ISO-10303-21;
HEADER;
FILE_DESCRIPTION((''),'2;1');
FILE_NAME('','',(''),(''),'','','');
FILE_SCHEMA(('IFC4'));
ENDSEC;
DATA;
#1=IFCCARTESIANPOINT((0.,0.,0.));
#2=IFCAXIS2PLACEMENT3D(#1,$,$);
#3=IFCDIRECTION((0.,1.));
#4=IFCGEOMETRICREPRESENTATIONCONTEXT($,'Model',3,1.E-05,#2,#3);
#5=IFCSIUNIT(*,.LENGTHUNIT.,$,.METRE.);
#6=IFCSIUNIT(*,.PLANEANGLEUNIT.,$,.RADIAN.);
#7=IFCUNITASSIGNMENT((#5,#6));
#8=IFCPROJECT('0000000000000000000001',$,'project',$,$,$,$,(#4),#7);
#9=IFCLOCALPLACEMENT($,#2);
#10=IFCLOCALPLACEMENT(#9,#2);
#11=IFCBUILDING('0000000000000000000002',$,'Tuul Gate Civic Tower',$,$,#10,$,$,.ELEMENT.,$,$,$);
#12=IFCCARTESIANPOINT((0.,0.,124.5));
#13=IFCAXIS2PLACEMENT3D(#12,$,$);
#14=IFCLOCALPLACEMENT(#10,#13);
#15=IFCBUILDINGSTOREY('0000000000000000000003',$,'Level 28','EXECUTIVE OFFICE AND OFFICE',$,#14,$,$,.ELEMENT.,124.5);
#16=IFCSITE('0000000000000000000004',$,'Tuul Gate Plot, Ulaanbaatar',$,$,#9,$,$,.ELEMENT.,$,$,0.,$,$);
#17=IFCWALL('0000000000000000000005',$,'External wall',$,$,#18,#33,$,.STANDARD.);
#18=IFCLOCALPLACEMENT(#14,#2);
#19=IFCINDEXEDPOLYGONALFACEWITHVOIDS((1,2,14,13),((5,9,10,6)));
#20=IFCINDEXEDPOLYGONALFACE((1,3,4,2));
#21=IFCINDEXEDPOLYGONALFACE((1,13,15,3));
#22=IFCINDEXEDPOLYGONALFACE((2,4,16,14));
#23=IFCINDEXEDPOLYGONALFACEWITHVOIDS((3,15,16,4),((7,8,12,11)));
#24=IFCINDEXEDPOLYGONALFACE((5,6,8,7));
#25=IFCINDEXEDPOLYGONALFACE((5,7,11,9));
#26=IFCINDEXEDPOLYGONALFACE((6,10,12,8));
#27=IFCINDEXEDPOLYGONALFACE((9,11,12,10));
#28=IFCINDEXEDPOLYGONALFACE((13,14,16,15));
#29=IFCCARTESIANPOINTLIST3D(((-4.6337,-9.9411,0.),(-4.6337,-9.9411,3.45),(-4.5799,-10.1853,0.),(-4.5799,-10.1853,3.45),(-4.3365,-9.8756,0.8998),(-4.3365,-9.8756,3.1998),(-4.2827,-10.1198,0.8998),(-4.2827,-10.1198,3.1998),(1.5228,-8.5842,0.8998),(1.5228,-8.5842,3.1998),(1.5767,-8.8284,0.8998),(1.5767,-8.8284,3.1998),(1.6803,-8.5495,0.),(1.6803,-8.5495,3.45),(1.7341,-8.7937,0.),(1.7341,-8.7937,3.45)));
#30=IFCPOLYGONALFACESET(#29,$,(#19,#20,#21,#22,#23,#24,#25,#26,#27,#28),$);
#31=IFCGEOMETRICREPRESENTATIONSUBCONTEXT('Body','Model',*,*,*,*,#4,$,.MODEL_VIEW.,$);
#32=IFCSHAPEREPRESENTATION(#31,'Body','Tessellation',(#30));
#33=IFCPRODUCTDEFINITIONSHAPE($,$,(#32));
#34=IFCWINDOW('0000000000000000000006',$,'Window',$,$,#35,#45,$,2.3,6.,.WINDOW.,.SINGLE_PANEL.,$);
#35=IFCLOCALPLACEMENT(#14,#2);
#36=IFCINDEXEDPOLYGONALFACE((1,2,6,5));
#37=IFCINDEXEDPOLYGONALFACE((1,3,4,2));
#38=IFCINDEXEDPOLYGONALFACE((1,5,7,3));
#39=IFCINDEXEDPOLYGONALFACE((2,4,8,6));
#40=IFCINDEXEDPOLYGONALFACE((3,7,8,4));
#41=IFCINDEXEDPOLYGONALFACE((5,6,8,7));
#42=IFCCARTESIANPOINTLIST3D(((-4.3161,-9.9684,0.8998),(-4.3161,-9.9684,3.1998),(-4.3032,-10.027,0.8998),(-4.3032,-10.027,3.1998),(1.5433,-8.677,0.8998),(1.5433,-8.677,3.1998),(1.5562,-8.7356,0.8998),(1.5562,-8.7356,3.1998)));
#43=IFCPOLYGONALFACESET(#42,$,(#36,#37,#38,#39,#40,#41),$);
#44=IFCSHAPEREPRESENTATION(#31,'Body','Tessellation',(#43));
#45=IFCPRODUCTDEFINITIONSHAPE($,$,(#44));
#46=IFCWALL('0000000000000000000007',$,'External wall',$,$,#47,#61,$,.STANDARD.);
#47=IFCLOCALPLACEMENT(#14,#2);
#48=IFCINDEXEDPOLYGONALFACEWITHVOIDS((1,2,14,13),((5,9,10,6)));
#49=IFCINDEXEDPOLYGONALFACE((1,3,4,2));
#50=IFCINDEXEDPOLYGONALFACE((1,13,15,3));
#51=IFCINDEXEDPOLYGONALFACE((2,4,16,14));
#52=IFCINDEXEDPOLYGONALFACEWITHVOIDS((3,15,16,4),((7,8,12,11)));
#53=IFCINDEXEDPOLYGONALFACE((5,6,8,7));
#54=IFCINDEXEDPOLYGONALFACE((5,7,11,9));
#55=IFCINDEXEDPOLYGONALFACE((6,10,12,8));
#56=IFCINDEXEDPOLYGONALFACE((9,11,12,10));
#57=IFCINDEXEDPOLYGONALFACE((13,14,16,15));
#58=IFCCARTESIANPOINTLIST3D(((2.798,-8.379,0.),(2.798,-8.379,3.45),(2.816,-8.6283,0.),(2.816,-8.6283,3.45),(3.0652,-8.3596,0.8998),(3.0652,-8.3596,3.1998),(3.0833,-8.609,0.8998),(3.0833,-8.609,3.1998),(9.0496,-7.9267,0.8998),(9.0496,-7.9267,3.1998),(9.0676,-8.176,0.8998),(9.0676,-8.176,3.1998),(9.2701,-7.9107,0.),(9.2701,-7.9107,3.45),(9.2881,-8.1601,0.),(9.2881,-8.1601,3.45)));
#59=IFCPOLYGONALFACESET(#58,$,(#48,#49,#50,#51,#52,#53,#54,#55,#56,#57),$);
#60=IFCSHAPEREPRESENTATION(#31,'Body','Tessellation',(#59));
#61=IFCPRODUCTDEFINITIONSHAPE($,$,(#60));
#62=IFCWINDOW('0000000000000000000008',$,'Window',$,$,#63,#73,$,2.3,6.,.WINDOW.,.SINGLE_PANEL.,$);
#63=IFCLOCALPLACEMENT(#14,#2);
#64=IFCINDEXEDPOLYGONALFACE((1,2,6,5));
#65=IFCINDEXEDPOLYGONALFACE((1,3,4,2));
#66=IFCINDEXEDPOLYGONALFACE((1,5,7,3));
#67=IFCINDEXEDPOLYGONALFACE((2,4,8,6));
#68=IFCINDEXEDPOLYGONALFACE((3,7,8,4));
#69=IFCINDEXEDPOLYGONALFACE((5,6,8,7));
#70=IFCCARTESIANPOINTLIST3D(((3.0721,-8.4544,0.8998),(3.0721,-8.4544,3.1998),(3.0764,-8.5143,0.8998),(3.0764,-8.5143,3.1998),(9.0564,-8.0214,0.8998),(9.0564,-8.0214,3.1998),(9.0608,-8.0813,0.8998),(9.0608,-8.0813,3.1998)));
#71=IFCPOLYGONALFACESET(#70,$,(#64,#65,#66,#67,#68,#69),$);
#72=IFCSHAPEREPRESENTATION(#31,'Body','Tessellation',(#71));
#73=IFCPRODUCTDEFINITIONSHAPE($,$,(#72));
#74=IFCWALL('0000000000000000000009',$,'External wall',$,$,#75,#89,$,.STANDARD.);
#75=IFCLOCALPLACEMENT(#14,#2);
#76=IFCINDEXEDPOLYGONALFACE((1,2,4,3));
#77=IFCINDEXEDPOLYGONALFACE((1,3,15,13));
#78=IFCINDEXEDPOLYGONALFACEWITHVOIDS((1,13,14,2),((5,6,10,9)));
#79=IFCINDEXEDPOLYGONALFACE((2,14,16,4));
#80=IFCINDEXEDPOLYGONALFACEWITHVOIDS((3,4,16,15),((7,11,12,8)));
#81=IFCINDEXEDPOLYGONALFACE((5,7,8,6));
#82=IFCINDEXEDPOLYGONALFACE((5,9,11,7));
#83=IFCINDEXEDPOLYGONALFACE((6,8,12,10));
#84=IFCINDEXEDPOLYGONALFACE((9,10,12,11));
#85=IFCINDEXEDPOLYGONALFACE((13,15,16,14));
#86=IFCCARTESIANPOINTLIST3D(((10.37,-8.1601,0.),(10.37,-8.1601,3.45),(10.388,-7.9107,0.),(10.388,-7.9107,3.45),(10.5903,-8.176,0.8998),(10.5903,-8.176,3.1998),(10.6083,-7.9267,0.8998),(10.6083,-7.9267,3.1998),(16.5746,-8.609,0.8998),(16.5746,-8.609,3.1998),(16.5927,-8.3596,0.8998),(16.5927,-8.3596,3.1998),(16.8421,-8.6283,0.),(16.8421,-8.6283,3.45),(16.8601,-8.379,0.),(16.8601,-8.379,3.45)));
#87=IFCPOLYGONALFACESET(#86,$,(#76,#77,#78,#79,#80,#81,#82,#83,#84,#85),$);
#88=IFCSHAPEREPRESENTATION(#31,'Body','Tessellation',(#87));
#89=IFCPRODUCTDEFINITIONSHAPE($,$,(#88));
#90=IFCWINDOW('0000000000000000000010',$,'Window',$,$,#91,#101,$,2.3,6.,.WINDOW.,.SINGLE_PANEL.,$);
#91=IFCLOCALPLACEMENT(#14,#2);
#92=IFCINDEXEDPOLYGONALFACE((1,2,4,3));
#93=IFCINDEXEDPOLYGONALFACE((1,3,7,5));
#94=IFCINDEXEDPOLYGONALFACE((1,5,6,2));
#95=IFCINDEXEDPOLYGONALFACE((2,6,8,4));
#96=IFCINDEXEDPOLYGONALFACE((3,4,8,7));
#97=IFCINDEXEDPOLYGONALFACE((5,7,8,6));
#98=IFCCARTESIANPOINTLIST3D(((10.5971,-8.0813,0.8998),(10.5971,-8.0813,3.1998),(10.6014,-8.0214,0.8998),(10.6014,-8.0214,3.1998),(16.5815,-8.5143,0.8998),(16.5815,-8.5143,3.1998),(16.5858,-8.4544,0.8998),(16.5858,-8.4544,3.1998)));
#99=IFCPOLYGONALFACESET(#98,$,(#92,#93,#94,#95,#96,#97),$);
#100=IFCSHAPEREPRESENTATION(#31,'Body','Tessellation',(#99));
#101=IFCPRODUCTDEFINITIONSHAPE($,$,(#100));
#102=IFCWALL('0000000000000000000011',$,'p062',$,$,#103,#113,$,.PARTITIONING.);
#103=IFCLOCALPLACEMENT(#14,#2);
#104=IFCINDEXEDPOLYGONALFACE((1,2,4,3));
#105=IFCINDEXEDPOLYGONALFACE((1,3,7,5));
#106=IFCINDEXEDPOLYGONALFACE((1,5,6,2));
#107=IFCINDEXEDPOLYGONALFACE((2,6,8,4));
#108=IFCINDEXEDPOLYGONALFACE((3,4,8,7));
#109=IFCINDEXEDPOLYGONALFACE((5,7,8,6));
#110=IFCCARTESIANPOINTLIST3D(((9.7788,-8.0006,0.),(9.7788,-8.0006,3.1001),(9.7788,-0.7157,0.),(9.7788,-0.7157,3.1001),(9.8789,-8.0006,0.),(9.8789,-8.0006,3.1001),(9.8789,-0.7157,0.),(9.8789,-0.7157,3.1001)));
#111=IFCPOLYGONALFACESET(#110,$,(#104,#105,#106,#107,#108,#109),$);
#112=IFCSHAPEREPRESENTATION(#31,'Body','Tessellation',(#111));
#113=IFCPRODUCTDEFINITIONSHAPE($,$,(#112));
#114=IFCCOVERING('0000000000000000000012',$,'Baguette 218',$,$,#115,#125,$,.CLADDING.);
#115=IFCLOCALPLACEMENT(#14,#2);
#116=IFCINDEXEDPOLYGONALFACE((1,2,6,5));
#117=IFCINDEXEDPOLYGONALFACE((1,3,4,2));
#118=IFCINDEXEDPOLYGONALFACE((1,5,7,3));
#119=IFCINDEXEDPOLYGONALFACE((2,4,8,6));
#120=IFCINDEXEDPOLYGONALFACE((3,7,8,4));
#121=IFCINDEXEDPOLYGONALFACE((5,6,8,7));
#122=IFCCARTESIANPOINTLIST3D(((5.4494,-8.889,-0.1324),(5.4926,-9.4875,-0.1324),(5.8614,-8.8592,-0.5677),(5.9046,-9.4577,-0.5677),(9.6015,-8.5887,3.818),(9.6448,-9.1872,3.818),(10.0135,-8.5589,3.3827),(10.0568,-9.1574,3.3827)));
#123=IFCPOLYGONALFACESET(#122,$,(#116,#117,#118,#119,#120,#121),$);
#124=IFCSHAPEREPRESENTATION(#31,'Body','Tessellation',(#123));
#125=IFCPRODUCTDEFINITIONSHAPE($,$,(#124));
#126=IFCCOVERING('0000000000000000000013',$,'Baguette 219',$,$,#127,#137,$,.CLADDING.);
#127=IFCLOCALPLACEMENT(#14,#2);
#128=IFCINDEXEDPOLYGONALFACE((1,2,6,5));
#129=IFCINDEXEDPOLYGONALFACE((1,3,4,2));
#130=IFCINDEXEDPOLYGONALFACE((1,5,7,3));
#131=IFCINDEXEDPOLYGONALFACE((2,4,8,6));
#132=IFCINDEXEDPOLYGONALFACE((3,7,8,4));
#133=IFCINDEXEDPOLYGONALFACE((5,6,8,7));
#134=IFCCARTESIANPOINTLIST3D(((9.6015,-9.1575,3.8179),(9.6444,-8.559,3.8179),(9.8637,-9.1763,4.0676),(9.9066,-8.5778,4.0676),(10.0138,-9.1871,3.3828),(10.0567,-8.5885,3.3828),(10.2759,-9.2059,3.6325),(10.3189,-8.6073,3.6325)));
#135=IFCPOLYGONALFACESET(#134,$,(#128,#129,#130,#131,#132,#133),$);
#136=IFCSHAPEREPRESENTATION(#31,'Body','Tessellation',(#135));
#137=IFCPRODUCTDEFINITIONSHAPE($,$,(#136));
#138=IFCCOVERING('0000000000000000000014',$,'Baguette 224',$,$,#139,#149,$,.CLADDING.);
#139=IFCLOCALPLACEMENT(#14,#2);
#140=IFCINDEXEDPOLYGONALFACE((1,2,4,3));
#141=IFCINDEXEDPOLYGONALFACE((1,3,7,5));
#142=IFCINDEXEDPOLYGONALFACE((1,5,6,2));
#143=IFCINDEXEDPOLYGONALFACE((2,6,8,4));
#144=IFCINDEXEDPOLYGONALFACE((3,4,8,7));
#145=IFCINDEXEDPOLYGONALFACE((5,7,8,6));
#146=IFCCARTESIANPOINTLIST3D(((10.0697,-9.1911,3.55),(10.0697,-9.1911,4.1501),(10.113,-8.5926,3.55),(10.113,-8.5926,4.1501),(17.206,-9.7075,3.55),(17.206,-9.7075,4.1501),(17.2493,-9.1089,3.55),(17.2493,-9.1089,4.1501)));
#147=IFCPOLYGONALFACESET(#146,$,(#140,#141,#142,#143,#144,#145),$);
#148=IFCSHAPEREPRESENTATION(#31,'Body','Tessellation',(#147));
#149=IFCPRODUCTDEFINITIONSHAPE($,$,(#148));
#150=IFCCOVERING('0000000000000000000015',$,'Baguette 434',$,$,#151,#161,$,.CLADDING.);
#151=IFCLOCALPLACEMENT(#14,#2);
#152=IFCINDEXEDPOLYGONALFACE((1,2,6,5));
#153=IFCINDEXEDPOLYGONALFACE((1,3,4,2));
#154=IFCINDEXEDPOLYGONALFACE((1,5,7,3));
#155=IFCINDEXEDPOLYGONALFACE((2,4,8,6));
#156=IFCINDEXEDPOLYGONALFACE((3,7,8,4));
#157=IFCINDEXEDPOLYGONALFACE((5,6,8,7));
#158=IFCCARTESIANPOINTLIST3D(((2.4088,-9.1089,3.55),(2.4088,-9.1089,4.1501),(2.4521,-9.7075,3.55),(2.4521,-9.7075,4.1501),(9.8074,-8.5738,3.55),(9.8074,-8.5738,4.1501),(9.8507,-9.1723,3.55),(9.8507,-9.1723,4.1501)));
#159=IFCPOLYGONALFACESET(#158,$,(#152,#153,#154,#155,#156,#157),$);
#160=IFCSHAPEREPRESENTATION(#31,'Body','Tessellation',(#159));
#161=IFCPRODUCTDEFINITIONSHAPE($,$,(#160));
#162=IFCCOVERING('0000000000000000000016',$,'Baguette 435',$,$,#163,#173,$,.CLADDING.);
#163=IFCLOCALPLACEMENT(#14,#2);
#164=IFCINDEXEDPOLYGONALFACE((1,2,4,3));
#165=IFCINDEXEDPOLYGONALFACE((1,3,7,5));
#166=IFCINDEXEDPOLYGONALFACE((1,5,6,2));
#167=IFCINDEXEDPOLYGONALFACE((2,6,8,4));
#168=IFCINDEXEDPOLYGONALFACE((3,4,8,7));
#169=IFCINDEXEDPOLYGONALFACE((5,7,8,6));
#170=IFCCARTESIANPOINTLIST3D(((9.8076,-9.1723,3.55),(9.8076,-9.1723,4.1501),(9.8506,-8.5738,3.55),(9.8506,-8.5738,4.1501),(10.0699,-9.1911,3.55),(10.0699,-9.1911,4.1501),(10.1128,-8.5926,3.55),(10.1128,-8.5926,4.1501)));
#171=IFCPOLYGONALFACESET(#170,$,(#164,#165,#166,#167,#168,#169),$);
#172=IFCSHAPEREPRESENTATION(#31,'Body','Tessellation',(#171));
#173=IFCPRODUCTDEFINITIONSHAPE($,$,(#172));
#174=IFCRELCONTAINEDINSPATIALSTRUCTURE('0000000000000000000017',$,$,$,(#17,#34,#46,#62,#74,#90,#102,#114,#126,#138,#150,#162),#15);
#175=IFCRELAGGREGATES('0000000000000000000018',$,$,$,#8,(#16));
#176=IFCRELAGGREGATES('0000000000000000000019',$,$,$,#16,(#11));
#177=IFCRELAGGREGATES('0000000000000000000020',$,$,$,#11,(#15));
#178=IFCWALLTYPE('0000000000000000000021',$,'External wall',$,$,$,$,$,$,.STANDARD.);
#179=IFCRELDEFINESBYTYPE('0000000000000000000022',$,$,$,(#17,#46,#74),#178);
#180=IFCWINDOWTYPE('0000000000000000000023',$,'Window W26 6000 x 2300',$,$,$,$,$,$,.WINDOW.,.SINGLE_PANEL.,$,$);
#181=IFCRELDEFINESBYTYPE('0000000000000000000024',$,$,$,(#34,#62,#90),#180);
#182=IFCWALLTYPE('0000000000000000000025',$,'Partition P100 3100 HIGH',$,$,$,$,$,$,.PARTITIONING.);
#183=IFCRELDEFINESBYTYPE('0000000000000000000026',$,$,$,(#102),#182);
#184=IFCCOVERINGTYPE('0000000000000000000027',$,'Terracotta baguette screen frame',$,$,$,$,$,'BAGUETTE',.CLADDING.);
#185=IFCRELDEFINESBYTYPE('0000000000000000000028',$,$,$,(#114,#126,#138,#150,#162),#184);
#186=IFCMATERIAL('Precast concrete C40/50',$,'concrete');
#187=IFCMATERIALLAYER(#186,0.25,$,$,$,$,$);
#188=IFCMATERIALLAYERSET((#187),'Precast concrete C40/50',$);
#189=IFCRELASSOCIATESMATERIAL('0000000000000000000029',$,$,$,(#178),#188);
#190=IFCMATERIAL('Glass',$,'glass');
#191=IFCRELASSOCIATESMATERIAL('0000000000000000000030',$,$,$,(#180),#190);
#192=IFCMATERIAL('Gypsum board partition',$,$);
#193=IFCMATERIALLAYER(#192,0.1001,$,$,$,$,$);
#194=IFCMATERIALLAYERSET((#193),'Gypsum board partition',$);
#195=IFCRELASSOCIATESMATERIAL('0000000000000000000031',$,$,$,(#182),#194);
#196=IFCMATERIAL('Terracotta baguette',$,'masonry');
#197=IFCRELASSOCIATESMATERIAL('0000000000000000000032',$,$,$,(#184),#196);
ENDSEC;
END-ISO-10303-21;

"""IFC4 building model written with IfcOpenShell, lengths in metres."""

from ifc_helpers import new_model, si_unit, direction, frame, frame_2d, origin, origin_2d, place, context, subcontext, project, spatial, rectangle, extrude, material, layer, layer_set, material_profile, profile_set, type_object, element, fill, save


model = new_model("IFC4")

# Units and contexts
model_context = context("Model", 3, precision=1e-05, world=origin(), true_north=direction((0.0, 1.0)))
body_context = subcontext(model_context, "Body", "Model", "MODEL_VIEW")
ifc_project = project(units=[si_unit("LENGTHUNIT", "METRE"), si_unit("PLANEANGLEUNIT", "RADIAN")], contexts=[model_context])

# Site, building, storey
site_placement = place(None, origin())
site = spatial("IfcSite", under=ifc_project, at=site_placement, Name="Tuul Gate Plot, Ulaanbaatar", CompositionType="ELEMENT", RefElevation=0.0)
building_placement = place(site_placement, origin())
building = spatial("IfcBuilding", under=site, at=building_placement, Name="Tuul Gate Civic Tower", CompositionType="ELEMENT")
storey_placement = place(building_placement, frame((0.0, 0.0, 124.5)))
storey = spatial("IfcBuildingStorey", under=building, at=storey_placement, Name="Level 28", Description="EXECUTIVE OFFICE AND OFFICE", CompositionType="ELEMENT", Elevation=124.5)

# Walls, openings, windows
ifc_material_1 = material(Name="Precast concrete C40/50", Category="concrete")
ifc_layer_1 = layer(ifc_material_1, 0.25)
ifc_layer_set_1 = layer_set([ifc_layer_1], Name="Precast concrete C40/50")
wall_type_1 = type_object("IfcWallType", Name="External wall", PredefinedType="STANDARD", material=ifc_layer_set_1)
wall_1_placement = place(storey_placement, frame((-4.6069, -10.0632, 0.0), z_axis=(0.0, 0.0, 1.0), x_axis=(0.976562, 0.215235, 0.0)))
wall_1 = element("IfcWall", 1, at=wall_1_placement, inside=storey, type_object=wall_type_1, Name="External wall", PredefinedType="STANDARD", context=body_context, shape_type="SweptSolid", body=[
    extrude(rectangle(XDim=6.4656, YDim=0.25, at=frame_2d((3.2329, 0.0))), origin(), (0.0, 0.0, 1.0), 3.45),
])
opening_1_placement = place(wall_1_placement, frame((0.3044, 0.0, 0.8999)))
opening_1 = element("IfcOpeningElement", 2, at=opening_1_placement, cuts=wall_1, PredefinedType="OPENING", context=body_context, shape_type="SweptSolid", body=[
    extrude(rectangle(XDim=6.0, YDim=2.3, at=frame_2d((3.0, 1.1499))), frame((0.0, 0.135, 0.0), z_axis=(0.0, -1.0, 0.0), x_axis=(1.0, 0.0, 0.0)), (0.0, 0.0, 1.0), 0.27),
])
ifc_material_2 = material(Name="Glass", Category="glass")
window_type = type_object("IfcWindowType", Name="Window W26 6000 x 2300", PartitioningType="SINGLE_PANEL", PredefinedType="WINDOW", material=ifc_material_2)
window_1_placement = place(opening_1_placement, origin())
window_1 = element("IfcWindow", 3, at=window_1_placement, inside=storey, type_object=window_type, Name="Window", OverallHeight=2.3, OverallWidth=6.0, PartitioningType="SINGLE_PANEL", PredefinedType="WINDOW", context=body_context, shape_type="SweptSolid", body=[
    extrude(rectangle(XDim=6.0, YDim=2.3, at=frame_2d((3.0, 1.1499))), frame((0.0, 0.03, 0.0), z_axis=(0.0, -1.0, 0.0), x_axis=(1.0, 0.0, 0.0)), (0.0, 0.0, 1.0), 0.0601),
])
fill(opening_1, window_1)
wall_2_placement = place(storey_placement, frame((2.8069, -8.5037, 0.0), z_axis=(0.0, 0.0, 1.0), x_axis=(0.997393, 0.072161, 0.0)))
wall_2 = element("IfcWall", 4, at=wall_2_placement, inside=storey, type_object=wall_type_1, Name="External wall", PredefinedType="STANDARD", context=body_context, shape_type="SweptSolid", body=[
    extrude(rectangle(XDim=6.489, YDim=0.25, at=frame_2d((3.2446, 0.0))), origin(), (0.0, 0.0, 1.0), 3.45),
])
opening_2_placement = place(wall_2_placement, frame((0.2681, 0.0, 0.8999)))
opening_2 = element("IfcOpeningElement", 5, at=opening_2_placement, cuts=wall_2, PredefinedType="OPENING", context=body_context, shape_type="SweptSolid", body=[
    extrude(rectangle(XDim=6.0, YDim=2.3, at=frame_2d((3.0, 1.1499))), frame((0.0, 0.135, 0.0), z_axis=(0.0, -1.0, 0.0), x_axis=(1.0, 0.0, 0.0)), (0.0, 0.0, 1.0), 0.27),
])
window_2_placement = place(opening_2_placement, origin())
window_2 = element("IfcWindow", 6, at=window_2_placement, inside=storey, type_object=window_type, Name="Window", OverallHeight=2.3, OverallWidth=6.0, PartitioningType="SINGLE_PANEL", PredefinedType="WINDOW", context=body_context, shape_type="SweptSolid", body=[
    extrude(rectangle(XDim=6.0, YDim=2.3, at=frame_2d((3.0, 1.1499))), frame((0.0, 0.03, 0.0), z_axis=(0.0, -1.0, 0.0), x_axis=(1.0, 0.0, 0.0)), (0.0, 0.0, 1.0), 0.0601),
])
fill(opening_2, window_2)
wall_3_placement = place(storey_placement, frame((10.3789, -8.0354, 0.0), z_axis=(0.0, 0.0, 1.0), x_axis=(0.997393, -0.072161, 0.0)))
wall_3 = element("IfcWall", 7, at=wall_3_placement, inside=storey, type_object=wall_type_1, Name="External wall", PredefinedType="STANDARD", context=body_context, shape_type="SweptSolid", body=[
    extrude(rectangle(XDim=6.489, YDim=0.25, at=frame_2d((3.2446, 0.0))), origin(), (0.0, 0.0, 1.0), 3.45),
])
opening_3_placement = place(wall_3_placement, frame((0.2209, 0.0, 0.8999)))
opening_3 = element("IfcOpeningElement", 8, at=opening_3_placement, cuts=wall_3, PredefinedType="OPENING", context=body_context, shape_type="SweptSolid", body=[
    extrude(rectangle(XDim=6.0, YDim=2.3, at=frame_2d((3.0, 1.1499))), frame((0.0, 0.135, 0.0), z_axis=(0.0, -1.0, 0.0), x_axis=(1.0, 0.0, 0.0)), (0.0, 0.0, 1.0), 0.27),
])
window_3_placement = place(opening_3_placement, origin())
window_3 = element("IfcWindow", 9, at=window_3_placement, inside=storey, type_object=window_type, Name="Window", OverallHeight=2.3, OverallWidth=6.0, PartitioningType="SINGLE_PANEL", PredefinedType="WINDOW", context=body_context, shape_type="SweptSolid", body=[
    extrude(rectangle(XDim=6.0, YDim=2.3, at=frame_2d((3.0, 1.1499))), frame((0.0, 0.03, 0.0), z_axis=(0.0, -1.0, 0.0), x_axis=(1.0, 0.0, 0.0)), (0.0, 0.0, 1.0), 0.0601),
])
fill(opening_3, window_3)

# Wall
ifc_material_3 = material(Name="Gypsum board partition")
ifc_layer_2 = layer(ifc_material_3, 0.1001)
ifc_layer_set_2 = layer_set([ifc_layer_2], Name="Gypsum board partition")
wall_type_2 = type_object("IfcWallType", Name="Partition P100 3100 HIGH", PredefinedType="PARTITIONING", material=ifc_layer_set_2)
wall_4_placement = place(storey_placement, frame((9.8289, -8.0007, 0.0), z_axis=(0.0, 0.0, 1.0), x_axis=(0.0, 1.0, 0.0)))
element("IfcWall", 10, at=wall_4_placement, inside=storey, type_object=wall_type_2, Name="p062", PredefinedType="PARTITIONING", context=body_context, shape_type="SweptSolid", body=[
    extrude(rectangle(XDim=7.2849, YDim=0.1001, at=frame_2d((3.6426, 0.0))), origin(), (0.0, 0.0, 1.0), 3.1001),
])

# Coverings
ifc_material_4 = material(Name="Terracotta baguette", Category="masonry")
ifc_material_profile_1 = material_profile(ifc_material_4, rectangle(XDim=0.6001, YDim=0.6001, at=origin_2d()), Name="Terracotta baguette screen frame")
ifc_profile_set_1 = profile_set([ifc_material_profile_1], Name="Terracotta baguette")
covering_type = type_object("IfcCoveringType", Name="Terracotta baguette screen frame", ElementType="BAGUETTE", PredefinedType="CLADDING", material=ifc_profile_set_1)
covering_1_placement = place(storey_placement, frame((5.677, -9.1733, -0.3501), z_axis=(0.723489, 0.052325, 0.68835), x_axis=(-0.072135, 0.997395, 0.0)))
element("IfcCovering", 11, at=covering_1_placement, inside=storey, type_object=covering_type, Name="Baguette 218", PredefinedType="CLADDING", context=body_context, shape_type="SweptSolid", body=[
    extrude(rectangle(XDim=0.6001, YDim=0.6001, at=origin_2d()), origin(), (0.0, 0.0, 1.0), 5.739),
])
covering_2_placement = place(storey_placement, frame((9.8291, -8.873, 3.6003), z_axis=(0.723116, -0.051844, 0.688778), x_axis=(0.071511, 0.99744, 0.0)))
element("IfcCovering", 12, at=covering_2_placement, inside=storey, type_object=covering_type, Name="Baguette 219", PredefinedType="CLADDING", context=body_context, shape_type="SweptSolid", body=[
    extrude(rectangle(XDim=0.6001, YDim=0.6001, at=origin_2d()), origin(), (0.0, 0.0, 1.0), 0.3625),
])
covering_3_placement = place(storey_placement, frame((10.0913, -8.8918, 3.8501), z_axis=(0.997393, -0.072166, 0.0), x_axis=(0.072166, 0.997393, 0.0)))
element("IfcCovering", 13, at=covering_3_placement, inside=storey, type_object=covering_type, Name="Baguette 224", PredefinedType="CLADDING", context=body_context, shape_type="SweptSolid", body=[
    extrude(rectangle(XDim=0.6001, YDim=0.6001, at=origin_2d()), origin(), (0.0, 0.0, 1.0), 7.155),
])
covering_4_placement = place(storey_placement, frame((2.4304, -9.4082, 3.8501), z_axis=(0.997394, 0.072143, 0.0), x_axis=(-0.072143, 0.997394, 0.0)))
element("IfcCovering", 14, at=covering_4_placement, inside=storey, type_object=covering_type, Name="Baguette 434", PredefinedType="CLADDING", context=body_context, shape_type="SweptSolid", body=[
    extrude(rectangle(XDim=0.6001, YDim=0.6001, at=origin_2d()), origin(), (0.0, 0.0, 1.0), 7.418),
])
covering_5_placement = place(storey_placement, frame((9.8291, -8.873, 3.8501), z_axis=(0.99744, -0.071511, 0.0), x_axis=(0.071511, 0.99744, 0.0)))
element("IfcCovering", 15, at=covering_5_placement, inside=storey, type_object=covering_type, Name="Baguette 435", PredefinedType="CLADDING", context=body_context, shape_type="SweptSolid", body=[
    extrude(rectangle(XDim=0.6001, YDim=0.6001, at=origin_2d()), origin(), (0.0, 0.0, 1.0), 0.2629),
])

save(model, "model.ifc")
